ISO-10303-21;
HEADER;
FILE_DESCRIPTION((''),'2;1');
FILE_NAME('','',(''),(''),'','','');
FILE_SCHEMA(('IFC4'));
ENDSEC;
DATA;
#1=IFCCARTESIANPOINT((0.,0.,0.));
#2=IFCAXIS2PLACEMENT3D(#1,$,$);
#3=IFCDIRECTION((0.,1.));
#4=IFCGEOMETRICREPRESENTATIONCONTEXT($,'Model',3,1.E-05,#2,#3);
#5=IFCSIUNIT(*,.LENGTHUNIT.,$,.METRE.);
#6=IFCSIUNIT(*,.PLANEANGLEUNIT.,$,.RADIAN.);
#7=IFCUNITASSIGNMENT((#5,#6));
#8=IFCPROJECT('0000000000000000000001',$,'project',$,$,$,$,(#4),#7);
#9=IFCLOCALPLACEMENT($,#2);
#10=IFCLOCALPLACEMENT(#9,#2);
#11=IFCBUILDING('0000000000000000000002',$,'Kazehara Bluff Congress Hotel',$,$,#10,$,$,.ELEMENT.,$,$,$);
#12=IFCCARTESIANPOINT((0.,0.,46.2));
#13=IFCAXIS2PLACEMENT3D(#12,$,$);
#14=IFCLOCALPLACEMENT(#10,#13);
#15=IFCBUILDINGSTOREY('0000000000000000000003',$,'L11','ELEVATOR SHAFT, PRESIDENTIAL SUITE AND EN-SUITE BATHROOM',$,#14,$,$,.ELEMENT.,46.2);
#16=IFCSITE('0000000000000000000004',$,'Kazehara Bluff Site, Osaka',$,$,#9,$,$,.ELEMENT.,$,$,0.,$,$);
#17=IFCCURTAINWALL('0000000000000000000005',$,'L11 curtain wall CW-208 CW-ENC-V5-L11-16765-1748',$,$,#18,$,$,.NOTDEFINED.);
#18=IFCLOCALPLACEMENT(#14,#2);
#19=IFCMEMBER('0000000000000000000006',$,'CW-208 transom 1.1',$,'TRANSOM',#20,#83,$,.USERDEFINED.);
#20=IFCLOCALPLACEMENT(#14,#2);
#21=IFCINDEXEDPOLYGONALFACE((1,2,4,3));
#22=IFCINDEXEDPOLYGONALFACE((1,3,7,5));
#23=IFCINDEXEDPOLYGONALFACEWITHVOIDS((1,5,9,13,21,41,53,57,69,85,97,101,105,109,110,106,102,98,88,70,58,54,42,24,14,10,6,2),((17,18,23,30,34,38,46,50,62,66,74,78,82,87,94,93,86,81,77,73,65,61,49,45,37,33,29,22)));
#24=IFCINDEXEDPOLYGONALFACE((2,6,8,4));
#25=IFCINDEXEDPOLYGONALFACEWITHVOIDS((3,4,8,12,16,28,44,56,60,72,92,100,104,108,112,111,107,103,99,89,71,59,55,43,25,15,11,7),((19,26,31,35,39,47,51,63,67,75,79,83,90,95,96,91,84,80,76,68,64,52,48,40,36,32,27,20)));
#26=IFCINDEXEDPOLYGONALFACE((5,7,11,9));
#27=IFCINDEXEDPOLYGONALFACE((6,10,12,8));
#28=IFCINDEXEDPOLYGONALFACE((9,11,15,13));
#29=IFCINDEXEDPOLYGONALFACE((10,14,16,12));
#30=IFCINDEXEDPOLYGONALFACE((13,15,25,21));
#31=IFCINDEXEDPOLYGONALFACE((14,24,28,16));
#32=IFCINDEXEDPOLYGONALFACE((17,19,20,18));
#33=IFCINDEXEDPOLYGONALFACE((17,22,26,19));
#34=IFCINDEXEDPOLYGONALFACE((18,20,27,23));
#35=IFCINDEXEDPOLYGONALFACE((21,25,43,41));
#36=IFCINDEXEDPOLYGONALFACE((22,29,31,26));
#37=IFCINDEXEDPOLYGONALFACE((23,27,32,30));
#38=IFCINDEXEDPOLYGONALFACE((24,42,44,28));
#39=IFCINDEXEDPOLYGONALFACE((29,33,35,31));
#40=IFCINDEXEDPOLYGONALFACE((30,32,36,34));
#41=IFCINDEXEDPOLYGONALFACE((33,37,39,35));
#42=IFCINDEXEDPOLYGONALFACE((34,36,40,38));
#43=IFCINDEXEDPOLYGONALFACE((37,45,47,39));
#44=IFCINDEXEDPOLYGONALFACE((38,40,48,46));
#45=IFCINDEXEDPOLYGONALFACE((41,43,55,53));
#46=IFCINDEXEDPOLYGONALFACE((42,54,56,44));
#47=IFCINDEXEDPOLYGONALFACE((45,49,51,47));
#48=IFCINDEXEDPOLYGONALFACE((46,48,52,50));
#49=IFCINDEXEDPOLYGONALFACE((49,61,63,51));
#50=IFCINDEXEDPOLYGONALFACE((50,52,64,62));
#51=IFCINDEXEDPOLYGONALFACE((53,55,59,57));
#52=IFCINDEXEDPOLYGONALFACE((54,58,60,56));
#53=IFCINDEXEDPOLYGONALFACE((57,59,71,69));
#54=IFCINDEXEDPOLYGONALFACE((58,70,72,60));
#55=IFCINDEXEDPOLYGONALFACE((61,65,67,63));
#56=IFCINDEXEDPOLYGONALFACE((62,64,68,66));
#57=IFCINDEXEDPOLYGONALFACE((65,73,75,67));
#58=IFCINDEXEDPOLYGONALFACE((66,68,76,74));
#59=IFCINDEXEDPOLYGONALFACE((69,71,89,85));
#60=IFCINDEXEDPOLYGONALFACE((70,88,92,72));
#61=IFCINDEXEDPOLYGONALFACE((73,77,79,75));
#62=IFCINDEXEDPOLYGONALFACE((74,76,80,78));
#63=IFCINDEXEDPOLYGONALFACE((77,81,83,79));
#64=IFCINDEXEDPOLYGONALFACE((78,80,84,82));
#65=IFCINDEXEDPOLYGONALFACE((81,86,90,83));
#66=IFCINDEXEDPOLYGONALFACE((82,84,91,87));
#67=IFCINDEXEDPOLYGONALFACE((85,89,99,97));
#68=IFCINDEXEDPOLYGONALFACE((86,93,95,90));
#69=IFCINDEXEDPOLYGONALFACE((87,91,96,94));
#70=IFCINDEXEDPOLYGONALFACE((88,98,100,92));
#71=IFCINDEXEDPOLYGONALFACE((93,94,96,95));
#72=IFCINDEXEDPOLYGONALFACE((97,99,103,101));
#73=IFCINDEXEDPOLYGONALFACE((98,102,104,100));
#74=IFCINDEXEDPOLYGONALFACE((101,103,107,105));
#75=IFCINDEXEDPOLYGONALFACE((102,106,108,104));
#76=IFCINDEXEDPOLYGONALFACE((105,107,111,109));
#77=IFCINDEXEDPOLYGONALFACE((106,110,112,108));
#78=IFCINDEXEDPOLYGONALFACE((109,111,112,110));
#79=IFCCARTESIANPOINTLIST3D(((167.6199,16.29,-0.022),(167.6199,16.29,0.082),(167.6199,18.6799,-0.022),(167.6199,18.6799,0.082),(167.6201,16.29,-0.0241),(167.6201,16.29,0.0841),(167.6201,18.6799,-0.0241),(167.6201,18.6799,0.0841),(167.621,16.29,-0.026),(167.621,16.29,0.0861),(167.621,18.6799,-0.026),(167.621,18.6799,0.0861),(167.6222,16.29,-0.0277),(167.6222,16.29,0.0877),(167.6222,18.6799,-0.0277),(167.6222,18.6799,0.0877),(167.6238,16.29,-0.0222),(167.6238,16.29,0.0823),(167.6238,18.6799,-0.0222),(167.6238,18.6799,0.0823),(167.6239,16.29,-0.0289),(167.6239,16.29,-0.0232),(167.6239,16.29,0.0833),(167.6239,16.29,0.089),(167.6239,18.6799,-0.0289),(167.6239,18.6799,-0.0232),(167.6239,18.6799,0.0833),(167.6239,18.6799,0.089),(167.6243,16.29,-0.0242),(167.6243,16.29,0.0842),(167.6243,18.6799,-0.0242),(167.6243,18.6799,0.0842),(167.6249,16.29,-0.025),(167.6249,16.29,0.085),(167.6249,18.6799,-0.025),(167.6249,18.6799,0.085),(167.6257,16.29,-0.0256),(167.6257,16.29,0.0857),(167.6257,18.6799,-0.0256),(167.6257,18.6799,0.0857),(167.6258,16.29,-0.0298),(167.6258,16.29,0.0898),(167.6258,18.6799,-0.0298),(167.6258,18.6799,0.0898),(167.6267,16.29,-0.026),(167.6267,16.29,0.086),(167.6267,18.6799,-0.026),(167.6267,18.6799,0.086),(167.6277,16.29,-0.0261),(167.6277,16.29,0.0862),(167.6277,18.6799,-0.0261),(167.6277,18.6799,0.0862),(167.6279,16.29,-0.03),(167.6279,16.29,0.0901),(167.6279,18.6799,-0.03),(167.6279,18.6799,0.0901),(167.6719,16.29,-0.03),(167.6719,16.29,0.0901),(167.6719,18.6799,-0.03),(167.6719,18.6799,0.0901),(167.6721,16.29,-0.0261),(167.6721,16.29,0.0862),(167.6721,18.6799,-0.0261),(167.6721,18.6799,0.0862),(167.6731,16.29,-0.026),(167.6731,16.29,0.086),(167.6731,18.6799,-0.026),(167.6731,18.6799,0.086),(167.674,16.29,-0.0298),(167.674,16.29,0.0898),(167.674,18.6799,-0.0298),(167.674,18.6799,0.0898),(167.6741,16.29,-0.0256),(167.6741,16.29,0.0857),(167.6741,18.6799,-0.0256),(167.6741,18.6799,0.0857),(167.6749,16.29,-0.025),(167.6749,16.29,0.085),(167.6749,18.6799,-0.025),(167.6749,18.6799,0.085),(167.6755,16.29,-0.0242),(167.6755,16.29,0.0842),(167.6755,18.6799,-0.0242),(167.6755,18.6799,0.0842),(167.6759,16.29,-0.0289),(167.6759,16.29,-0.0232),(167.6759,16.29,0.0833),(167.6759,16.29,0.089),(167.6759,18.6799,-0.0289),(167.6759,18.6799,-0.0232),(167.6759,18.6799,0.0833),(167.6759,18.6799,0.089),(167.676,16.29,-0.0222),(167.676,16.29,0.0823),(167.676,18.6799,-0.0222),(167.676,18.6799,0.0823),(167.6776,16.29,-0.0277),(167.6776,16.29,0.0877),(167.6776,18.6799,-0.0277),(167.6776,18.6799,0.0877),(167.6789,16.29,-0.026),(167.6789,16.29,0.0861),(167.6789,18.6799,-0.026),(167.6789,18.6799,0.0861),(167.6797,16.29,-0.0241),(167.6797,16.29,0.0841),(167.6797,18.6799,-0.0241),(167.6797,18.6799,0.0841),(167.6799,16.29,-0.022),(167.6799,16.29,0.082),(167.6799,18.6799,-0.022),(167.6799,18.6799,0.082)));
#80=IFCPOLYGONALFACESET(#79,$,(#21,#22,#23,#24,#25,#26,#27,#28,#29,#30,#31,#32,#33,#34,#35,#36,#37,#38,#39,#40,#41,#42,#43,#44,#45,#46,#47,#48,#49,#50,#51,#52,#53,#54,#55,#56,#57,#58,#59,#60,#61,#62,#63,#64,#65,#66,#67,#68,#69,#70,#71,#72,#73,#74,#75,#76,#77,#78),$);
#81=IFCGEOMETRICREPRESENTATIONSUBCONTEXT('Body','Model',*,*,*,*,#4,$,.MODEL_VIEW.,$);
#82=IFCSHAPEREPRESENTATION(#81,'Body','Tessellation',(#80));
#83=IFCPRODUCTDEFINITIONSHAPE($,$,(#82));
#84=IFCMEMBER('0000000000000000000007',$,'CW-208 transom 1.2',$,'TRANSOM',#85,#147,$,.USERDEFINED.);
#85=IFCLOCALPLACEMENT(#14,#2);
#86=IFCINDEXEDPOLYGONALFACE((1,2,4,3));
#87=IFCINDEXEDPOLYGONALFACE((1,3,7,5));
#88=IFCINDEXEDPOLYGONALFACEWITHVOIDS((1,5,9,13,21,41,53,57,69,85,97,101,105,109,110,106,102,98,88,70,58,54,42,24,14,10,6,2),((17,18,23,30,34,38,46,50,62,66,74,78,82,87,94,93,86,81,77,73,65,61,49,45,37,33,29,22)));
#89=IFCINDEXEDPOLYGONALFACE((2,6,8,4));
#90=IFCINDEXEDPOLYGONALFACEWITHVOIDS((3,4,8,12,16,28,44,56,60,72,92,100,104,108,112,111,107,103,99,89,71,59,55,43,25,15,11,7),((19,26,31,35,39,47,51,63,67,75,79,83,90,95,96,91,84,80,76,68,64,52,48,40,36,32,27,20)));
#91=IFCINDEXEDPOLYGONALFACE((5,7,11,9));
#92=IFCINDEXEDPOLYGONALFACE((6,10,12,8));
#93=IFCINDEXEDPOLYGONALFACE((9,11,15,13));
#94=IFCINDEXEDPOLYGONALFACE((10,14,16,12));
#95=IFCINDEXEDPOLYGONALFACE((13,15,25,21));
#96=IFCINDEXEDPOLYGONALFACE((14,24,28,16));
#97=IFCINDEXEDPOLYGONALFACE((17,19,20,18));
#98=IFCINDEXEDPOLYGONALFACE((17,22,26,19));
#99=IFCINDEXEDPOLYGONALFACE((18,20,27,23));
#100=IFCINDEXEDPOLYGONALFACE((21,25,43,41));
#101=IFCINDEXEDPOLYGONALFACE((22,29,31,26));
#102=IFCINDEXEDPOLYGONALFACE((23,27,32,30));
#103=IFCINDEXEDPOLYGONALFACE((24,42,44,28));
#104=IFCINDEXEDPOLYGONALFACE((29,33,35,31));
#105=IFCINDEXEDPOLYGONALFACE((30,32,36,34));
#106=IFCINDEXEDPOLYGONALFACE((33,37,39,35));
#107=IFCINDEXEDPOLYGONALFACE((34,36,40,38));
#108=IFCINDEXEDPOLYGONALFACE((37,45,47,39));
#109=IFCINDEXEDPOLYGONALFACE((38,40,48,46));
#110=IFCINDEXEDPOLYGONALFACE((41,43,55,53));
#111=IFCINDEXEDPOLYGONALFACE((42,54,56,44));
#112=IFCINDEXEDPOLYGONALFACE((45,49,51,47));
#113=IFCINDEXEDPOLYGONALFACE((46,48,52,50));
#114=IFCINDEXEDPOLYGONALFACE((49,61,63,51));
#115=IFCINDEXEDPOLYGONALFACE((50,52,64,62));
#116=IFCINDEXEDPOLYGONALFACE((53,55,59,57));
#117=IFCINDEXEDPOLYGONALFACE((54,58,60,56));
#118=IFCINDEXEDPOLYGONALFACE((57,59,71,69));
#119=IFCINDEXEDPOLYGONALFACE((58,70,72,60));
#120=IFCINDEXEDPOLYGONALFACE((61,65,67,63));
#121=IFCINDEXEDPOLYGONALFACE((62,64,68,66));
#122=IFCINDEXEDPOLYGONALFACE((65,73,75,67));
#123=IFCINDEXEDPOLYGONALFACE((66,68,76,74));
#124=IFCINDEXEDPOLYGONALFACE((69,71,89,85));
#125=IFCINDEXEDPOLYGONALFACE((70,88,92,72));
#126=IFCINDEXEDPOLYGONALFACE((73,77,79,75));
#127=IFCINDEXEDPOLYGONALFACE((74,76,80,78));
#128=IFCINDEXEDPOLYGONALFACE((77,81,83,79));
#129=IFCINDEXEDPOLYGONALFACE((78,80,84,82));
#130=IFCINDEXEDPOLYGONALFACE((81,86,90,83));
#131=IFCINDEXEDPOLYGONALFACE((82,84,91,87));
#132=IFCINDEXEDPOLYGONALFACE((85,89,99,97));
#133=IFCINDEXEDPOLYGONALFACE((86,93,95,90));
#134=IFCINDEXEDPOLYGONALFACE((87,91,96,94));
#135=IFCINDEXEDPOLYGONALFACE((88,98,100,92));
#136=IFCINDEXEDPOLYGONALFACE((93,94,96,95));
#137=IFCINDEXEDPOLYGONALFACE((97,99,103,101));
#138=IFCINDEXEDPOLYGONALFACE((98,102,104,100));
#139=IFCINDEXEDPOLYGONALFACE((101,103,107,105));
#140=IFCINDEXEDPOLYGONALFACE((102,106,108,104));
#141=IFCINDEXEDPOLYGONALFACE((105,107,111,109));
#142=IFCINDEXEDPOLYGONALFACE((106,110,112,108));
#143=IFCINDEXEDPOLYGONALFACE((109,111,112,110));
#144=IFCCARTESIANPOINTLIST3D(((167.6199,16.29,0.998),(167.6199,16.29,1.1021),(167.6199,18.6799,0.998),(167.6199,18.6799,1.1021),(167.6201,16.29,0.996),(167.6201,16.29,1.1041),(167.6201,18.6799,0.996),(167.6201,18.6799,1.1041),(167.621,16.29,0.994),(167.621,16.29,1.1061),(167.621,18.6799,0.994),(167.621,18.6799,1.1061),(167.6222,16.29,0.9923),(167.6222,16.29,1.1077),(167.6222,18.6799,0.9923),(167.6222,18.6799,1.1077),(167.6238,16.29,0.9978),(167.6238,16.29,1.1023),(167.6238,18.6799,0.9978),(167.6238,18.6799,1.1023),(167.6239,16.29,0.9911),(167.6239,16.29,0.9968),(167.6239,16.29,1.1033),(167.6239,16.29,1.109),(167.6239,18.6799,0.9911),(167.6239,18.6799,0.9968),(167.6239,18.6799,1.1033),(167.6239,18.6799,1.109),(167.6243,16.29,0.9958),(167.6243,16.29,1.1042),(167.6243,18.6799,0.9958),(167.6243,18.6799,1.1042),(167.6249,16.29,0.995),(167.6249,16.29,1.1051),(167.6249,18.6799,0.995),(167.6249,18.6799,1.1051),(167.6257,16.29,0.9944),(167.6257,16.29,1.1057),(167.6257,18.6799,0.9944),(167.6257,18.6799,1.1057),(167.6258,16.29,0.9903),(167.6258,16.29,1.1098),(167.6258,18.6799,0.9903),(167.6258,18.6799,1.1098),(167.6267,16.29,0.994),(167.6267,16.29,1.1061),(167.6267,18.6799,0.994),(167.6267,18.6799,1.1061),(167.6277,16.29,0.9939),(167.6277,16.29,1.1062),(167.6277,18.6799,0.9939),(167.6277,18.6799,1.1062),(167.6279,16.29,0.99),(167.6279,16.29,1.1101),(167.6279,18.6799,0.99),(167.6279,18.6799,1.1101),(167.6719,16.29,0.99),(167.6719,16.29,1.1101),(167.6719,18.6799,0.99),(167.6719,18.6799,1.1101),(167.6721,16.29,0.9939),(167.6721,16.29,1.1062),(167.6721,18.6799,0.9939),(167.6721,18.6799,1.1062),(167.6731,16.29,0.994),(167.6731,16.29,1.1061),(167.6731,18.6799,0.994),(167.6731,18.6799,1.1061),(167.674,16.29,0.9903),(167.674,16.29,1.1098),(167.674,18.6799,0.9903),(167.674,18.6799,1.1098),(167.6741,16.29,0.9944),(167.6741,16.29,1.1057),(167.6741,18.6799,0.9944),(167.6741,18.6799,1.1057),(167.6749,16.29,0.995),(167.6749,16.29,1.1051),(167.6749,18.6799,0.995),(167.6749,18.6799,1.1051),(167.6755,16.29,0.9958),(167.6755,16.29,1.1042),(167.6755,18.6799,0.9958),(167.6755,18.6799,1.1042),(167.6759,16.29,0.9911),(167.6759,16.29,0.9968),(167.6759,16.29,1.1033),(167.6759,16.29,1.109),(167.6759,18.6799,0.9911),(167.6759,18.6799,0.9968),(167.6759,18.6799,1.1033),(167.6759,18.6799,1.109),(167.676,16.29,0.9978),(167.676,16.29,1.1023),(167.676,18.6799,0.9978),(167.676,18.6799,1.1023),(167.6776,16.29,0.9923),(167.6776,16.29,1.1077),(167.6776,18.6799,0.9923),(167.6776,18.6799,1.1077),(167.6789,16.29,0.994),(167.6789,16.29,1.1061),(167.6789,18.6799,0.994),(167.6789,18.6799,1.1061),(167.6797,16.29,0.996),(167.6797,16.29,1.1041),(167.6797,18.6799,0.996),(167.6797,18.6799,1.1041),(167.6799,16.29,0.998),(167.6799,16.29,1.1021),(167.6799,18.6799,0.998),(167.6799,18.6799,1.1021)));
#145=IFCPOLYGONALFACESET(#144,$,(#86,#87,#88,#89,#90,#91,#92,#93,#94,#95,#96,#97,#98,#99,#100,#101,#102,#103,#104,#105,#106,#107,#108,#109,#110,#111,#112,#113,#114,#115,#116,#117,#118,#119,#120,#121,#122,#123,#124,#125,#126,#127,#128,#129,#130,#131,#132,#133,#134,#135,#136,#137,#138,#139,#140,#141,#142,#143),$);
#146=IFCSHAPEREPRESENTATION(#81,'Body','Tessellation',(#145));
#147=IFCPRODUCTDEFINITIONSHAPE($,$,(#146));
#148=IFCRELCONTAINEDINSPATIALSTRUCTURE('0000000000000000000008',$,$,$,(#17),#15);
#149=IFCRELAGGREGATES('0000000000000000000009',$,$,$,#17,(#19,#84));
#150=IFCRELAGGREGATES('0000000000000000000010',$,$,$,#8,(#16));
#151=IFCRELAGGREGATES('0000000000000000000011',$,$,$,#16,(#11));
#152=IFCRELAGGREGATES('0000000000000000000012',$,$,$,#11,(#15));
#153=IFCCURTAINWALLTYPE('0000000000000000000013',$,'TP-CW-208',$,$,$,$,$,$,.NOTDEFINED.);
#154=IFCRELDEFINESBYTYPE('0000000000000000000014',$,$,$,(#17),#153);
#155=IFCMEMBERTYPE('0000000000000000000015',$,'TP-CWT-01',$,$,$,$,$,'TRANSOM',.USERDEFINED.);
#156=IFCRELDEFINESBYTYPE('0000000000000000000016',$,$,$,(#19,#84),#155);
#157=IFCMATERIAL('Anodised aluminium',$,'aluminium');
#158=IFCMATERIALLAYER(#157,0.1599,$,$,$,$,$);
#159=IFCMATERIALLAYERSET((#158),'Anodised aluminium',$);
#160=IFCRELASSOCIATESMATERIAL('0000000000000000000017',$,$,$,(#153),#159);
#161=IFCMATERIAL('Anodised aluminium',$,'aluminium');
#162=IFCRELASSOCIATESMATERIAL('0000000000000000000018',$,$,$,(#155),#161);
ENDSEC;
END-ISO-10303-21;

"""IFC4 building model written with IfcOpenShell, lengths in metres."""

from ifc_helpers import new_model, si_unit, direction, frame, origin, origin_2d, place, context, subcontext, project, spatial, hollow_rectangle, extrude, material, layer, layer_set, material_profile, profile_set, type_object, element, aggregate, save


model = new_model("IFC4")

# Units and contexts
model_context = context("Model", 3, precision=1e-05, world=origin(), true_north=direction((0.0, 1.0)))
body_context = subcontext(model_context, "Body", "Model", "MODEL_VIEW")
ifc_project = project(units=[si_unit("LENGTHUNIT", "METRE"), si_unit("PLANEANGLEUNIT", "RADIAN")], contexts=[model_context])

# Site, building, storey
site_placement = place(None, origin())
site = spatial("IfcSite", under=ifc_project, at=site_placement, Name="Kazehara Bluff Site, Osaka", CompositionType="ELEMENT", RefElevation=0.0)
building_placement = place(site_placement, origin())
building = spatial("IfcBuilding", under=site, at=building_placement, Name="Kazehara Bluff Congress Hotel", CompositionType="ELEMENT")
storey_placement = place(building_placement, frame((0.0, 0.0, 46.2)))
storey = spatial("IfcBuildingStorey", under=building, at=storey_placement, Name="L11", Description="ELEVATOR SHAFT, PRESIDENTIAL SUITE AND EN-SUITE BATHROOM", CompositionType="ELEMENT", Elevation=46.2)

# Curtain wall
ifc_material_1 = material(Name="Anodised aluminium", Category="aluminium")
ifc_layer_1 = layer(ifc_material_1, 0.1599)
ifc_layer_set_1 = layer_set([ifc_layer_1], Name="Anodised aluminium")
curtain_wall_type_1 = type_object("IfcCurtainWallType", Name="TP-CW-208", PredefinedType="NOTDEFINED", material=ifc_layer_set_1)
curtain_wall_1_placement = place(storey_placement, origin())
curtain_wall_1 = element("IfcCurtainWall", 1, at=curtain_wall_1_placement, inside=storey, type_object=curtain_wall_type_1, Name="L11 curtain wall CW-208 CW-ENC-V5-L11-16765-1748", PredefinedType="NOTDEFINED")

# Members
ifc_material_2 = material(Name="Anodised aluminium", Category="aluminium")
ifc_material_profile_1 = material_profile(ifc_material_2, hollow_rectangle(XDim=0.0601, YDim=0.1201, WallThickness=0.0039, InnerFilletRadius=0.0039, OuterFilletRadius=0.0081, at=origin_2d()))
ifc_profile_set_1 = profile_set([ifc_material_profile_1], Name="Anodised aluminium")
member_type_1 = type_object("IfcMemberType", Name="TP-CWT-01", ElementType="TRANSOM", PredefinedType="USERDEFINED", material=ifc_profile_set_1)
member_1_placement = place(storey_placement, frame((167.6499, 18.6799, 0.03), z_axis=(0.0, -1.0, 0.0), x_axis=(1.0, 0.0, 0.0)))
member_1 = element("IfcMember", 2, at=member_1_placement, type_object=member_type_1, Name="CW-208 transom 1.1", ObjectType="TRANSOM", PredefinedType="USERDEFINED", context=body_context, shape_type="SweptSolid", body=[
    extrude(hollow_rectangle(XDim=0.0601, YDim=0.1201, WallThickness=0.0039, InnerFilletRadius=0.0039, OuterFilletRadius=0.0081, at=origin_2d()), origin(), (0.0, 0.0, 1.0), 2.3899),
])
member_2_placement = place(storey_placement, frame((167.6499, 18.6799, 1.05), z_axis=(0.0, -1.0, 0.0), x_axis=(1.0, 0.0, 0.0)))
member_2 = element("IfcMember", 3, at=member_2_placement, type_object=member_type_1, Name="CW-208 transom 1.2", ObjectType="TRANSOM", PredefinedType="USERDEFINED", context=body_context, shape_type="SweptSolid", body=[
    extrude(hollow_rectangle(XDim=0.0601, YDim=0.1201, WallThickness=0.0039, InnerFilletRadius=0.0039, OuterFilletRadius=0.0081, at=origin_2d()), origin(), (0.0, 0.0, 1.0), 2.3899),
])

aggregate(curtain_wall_1, [member_1, member_2])

save(model, "model.ifc")
